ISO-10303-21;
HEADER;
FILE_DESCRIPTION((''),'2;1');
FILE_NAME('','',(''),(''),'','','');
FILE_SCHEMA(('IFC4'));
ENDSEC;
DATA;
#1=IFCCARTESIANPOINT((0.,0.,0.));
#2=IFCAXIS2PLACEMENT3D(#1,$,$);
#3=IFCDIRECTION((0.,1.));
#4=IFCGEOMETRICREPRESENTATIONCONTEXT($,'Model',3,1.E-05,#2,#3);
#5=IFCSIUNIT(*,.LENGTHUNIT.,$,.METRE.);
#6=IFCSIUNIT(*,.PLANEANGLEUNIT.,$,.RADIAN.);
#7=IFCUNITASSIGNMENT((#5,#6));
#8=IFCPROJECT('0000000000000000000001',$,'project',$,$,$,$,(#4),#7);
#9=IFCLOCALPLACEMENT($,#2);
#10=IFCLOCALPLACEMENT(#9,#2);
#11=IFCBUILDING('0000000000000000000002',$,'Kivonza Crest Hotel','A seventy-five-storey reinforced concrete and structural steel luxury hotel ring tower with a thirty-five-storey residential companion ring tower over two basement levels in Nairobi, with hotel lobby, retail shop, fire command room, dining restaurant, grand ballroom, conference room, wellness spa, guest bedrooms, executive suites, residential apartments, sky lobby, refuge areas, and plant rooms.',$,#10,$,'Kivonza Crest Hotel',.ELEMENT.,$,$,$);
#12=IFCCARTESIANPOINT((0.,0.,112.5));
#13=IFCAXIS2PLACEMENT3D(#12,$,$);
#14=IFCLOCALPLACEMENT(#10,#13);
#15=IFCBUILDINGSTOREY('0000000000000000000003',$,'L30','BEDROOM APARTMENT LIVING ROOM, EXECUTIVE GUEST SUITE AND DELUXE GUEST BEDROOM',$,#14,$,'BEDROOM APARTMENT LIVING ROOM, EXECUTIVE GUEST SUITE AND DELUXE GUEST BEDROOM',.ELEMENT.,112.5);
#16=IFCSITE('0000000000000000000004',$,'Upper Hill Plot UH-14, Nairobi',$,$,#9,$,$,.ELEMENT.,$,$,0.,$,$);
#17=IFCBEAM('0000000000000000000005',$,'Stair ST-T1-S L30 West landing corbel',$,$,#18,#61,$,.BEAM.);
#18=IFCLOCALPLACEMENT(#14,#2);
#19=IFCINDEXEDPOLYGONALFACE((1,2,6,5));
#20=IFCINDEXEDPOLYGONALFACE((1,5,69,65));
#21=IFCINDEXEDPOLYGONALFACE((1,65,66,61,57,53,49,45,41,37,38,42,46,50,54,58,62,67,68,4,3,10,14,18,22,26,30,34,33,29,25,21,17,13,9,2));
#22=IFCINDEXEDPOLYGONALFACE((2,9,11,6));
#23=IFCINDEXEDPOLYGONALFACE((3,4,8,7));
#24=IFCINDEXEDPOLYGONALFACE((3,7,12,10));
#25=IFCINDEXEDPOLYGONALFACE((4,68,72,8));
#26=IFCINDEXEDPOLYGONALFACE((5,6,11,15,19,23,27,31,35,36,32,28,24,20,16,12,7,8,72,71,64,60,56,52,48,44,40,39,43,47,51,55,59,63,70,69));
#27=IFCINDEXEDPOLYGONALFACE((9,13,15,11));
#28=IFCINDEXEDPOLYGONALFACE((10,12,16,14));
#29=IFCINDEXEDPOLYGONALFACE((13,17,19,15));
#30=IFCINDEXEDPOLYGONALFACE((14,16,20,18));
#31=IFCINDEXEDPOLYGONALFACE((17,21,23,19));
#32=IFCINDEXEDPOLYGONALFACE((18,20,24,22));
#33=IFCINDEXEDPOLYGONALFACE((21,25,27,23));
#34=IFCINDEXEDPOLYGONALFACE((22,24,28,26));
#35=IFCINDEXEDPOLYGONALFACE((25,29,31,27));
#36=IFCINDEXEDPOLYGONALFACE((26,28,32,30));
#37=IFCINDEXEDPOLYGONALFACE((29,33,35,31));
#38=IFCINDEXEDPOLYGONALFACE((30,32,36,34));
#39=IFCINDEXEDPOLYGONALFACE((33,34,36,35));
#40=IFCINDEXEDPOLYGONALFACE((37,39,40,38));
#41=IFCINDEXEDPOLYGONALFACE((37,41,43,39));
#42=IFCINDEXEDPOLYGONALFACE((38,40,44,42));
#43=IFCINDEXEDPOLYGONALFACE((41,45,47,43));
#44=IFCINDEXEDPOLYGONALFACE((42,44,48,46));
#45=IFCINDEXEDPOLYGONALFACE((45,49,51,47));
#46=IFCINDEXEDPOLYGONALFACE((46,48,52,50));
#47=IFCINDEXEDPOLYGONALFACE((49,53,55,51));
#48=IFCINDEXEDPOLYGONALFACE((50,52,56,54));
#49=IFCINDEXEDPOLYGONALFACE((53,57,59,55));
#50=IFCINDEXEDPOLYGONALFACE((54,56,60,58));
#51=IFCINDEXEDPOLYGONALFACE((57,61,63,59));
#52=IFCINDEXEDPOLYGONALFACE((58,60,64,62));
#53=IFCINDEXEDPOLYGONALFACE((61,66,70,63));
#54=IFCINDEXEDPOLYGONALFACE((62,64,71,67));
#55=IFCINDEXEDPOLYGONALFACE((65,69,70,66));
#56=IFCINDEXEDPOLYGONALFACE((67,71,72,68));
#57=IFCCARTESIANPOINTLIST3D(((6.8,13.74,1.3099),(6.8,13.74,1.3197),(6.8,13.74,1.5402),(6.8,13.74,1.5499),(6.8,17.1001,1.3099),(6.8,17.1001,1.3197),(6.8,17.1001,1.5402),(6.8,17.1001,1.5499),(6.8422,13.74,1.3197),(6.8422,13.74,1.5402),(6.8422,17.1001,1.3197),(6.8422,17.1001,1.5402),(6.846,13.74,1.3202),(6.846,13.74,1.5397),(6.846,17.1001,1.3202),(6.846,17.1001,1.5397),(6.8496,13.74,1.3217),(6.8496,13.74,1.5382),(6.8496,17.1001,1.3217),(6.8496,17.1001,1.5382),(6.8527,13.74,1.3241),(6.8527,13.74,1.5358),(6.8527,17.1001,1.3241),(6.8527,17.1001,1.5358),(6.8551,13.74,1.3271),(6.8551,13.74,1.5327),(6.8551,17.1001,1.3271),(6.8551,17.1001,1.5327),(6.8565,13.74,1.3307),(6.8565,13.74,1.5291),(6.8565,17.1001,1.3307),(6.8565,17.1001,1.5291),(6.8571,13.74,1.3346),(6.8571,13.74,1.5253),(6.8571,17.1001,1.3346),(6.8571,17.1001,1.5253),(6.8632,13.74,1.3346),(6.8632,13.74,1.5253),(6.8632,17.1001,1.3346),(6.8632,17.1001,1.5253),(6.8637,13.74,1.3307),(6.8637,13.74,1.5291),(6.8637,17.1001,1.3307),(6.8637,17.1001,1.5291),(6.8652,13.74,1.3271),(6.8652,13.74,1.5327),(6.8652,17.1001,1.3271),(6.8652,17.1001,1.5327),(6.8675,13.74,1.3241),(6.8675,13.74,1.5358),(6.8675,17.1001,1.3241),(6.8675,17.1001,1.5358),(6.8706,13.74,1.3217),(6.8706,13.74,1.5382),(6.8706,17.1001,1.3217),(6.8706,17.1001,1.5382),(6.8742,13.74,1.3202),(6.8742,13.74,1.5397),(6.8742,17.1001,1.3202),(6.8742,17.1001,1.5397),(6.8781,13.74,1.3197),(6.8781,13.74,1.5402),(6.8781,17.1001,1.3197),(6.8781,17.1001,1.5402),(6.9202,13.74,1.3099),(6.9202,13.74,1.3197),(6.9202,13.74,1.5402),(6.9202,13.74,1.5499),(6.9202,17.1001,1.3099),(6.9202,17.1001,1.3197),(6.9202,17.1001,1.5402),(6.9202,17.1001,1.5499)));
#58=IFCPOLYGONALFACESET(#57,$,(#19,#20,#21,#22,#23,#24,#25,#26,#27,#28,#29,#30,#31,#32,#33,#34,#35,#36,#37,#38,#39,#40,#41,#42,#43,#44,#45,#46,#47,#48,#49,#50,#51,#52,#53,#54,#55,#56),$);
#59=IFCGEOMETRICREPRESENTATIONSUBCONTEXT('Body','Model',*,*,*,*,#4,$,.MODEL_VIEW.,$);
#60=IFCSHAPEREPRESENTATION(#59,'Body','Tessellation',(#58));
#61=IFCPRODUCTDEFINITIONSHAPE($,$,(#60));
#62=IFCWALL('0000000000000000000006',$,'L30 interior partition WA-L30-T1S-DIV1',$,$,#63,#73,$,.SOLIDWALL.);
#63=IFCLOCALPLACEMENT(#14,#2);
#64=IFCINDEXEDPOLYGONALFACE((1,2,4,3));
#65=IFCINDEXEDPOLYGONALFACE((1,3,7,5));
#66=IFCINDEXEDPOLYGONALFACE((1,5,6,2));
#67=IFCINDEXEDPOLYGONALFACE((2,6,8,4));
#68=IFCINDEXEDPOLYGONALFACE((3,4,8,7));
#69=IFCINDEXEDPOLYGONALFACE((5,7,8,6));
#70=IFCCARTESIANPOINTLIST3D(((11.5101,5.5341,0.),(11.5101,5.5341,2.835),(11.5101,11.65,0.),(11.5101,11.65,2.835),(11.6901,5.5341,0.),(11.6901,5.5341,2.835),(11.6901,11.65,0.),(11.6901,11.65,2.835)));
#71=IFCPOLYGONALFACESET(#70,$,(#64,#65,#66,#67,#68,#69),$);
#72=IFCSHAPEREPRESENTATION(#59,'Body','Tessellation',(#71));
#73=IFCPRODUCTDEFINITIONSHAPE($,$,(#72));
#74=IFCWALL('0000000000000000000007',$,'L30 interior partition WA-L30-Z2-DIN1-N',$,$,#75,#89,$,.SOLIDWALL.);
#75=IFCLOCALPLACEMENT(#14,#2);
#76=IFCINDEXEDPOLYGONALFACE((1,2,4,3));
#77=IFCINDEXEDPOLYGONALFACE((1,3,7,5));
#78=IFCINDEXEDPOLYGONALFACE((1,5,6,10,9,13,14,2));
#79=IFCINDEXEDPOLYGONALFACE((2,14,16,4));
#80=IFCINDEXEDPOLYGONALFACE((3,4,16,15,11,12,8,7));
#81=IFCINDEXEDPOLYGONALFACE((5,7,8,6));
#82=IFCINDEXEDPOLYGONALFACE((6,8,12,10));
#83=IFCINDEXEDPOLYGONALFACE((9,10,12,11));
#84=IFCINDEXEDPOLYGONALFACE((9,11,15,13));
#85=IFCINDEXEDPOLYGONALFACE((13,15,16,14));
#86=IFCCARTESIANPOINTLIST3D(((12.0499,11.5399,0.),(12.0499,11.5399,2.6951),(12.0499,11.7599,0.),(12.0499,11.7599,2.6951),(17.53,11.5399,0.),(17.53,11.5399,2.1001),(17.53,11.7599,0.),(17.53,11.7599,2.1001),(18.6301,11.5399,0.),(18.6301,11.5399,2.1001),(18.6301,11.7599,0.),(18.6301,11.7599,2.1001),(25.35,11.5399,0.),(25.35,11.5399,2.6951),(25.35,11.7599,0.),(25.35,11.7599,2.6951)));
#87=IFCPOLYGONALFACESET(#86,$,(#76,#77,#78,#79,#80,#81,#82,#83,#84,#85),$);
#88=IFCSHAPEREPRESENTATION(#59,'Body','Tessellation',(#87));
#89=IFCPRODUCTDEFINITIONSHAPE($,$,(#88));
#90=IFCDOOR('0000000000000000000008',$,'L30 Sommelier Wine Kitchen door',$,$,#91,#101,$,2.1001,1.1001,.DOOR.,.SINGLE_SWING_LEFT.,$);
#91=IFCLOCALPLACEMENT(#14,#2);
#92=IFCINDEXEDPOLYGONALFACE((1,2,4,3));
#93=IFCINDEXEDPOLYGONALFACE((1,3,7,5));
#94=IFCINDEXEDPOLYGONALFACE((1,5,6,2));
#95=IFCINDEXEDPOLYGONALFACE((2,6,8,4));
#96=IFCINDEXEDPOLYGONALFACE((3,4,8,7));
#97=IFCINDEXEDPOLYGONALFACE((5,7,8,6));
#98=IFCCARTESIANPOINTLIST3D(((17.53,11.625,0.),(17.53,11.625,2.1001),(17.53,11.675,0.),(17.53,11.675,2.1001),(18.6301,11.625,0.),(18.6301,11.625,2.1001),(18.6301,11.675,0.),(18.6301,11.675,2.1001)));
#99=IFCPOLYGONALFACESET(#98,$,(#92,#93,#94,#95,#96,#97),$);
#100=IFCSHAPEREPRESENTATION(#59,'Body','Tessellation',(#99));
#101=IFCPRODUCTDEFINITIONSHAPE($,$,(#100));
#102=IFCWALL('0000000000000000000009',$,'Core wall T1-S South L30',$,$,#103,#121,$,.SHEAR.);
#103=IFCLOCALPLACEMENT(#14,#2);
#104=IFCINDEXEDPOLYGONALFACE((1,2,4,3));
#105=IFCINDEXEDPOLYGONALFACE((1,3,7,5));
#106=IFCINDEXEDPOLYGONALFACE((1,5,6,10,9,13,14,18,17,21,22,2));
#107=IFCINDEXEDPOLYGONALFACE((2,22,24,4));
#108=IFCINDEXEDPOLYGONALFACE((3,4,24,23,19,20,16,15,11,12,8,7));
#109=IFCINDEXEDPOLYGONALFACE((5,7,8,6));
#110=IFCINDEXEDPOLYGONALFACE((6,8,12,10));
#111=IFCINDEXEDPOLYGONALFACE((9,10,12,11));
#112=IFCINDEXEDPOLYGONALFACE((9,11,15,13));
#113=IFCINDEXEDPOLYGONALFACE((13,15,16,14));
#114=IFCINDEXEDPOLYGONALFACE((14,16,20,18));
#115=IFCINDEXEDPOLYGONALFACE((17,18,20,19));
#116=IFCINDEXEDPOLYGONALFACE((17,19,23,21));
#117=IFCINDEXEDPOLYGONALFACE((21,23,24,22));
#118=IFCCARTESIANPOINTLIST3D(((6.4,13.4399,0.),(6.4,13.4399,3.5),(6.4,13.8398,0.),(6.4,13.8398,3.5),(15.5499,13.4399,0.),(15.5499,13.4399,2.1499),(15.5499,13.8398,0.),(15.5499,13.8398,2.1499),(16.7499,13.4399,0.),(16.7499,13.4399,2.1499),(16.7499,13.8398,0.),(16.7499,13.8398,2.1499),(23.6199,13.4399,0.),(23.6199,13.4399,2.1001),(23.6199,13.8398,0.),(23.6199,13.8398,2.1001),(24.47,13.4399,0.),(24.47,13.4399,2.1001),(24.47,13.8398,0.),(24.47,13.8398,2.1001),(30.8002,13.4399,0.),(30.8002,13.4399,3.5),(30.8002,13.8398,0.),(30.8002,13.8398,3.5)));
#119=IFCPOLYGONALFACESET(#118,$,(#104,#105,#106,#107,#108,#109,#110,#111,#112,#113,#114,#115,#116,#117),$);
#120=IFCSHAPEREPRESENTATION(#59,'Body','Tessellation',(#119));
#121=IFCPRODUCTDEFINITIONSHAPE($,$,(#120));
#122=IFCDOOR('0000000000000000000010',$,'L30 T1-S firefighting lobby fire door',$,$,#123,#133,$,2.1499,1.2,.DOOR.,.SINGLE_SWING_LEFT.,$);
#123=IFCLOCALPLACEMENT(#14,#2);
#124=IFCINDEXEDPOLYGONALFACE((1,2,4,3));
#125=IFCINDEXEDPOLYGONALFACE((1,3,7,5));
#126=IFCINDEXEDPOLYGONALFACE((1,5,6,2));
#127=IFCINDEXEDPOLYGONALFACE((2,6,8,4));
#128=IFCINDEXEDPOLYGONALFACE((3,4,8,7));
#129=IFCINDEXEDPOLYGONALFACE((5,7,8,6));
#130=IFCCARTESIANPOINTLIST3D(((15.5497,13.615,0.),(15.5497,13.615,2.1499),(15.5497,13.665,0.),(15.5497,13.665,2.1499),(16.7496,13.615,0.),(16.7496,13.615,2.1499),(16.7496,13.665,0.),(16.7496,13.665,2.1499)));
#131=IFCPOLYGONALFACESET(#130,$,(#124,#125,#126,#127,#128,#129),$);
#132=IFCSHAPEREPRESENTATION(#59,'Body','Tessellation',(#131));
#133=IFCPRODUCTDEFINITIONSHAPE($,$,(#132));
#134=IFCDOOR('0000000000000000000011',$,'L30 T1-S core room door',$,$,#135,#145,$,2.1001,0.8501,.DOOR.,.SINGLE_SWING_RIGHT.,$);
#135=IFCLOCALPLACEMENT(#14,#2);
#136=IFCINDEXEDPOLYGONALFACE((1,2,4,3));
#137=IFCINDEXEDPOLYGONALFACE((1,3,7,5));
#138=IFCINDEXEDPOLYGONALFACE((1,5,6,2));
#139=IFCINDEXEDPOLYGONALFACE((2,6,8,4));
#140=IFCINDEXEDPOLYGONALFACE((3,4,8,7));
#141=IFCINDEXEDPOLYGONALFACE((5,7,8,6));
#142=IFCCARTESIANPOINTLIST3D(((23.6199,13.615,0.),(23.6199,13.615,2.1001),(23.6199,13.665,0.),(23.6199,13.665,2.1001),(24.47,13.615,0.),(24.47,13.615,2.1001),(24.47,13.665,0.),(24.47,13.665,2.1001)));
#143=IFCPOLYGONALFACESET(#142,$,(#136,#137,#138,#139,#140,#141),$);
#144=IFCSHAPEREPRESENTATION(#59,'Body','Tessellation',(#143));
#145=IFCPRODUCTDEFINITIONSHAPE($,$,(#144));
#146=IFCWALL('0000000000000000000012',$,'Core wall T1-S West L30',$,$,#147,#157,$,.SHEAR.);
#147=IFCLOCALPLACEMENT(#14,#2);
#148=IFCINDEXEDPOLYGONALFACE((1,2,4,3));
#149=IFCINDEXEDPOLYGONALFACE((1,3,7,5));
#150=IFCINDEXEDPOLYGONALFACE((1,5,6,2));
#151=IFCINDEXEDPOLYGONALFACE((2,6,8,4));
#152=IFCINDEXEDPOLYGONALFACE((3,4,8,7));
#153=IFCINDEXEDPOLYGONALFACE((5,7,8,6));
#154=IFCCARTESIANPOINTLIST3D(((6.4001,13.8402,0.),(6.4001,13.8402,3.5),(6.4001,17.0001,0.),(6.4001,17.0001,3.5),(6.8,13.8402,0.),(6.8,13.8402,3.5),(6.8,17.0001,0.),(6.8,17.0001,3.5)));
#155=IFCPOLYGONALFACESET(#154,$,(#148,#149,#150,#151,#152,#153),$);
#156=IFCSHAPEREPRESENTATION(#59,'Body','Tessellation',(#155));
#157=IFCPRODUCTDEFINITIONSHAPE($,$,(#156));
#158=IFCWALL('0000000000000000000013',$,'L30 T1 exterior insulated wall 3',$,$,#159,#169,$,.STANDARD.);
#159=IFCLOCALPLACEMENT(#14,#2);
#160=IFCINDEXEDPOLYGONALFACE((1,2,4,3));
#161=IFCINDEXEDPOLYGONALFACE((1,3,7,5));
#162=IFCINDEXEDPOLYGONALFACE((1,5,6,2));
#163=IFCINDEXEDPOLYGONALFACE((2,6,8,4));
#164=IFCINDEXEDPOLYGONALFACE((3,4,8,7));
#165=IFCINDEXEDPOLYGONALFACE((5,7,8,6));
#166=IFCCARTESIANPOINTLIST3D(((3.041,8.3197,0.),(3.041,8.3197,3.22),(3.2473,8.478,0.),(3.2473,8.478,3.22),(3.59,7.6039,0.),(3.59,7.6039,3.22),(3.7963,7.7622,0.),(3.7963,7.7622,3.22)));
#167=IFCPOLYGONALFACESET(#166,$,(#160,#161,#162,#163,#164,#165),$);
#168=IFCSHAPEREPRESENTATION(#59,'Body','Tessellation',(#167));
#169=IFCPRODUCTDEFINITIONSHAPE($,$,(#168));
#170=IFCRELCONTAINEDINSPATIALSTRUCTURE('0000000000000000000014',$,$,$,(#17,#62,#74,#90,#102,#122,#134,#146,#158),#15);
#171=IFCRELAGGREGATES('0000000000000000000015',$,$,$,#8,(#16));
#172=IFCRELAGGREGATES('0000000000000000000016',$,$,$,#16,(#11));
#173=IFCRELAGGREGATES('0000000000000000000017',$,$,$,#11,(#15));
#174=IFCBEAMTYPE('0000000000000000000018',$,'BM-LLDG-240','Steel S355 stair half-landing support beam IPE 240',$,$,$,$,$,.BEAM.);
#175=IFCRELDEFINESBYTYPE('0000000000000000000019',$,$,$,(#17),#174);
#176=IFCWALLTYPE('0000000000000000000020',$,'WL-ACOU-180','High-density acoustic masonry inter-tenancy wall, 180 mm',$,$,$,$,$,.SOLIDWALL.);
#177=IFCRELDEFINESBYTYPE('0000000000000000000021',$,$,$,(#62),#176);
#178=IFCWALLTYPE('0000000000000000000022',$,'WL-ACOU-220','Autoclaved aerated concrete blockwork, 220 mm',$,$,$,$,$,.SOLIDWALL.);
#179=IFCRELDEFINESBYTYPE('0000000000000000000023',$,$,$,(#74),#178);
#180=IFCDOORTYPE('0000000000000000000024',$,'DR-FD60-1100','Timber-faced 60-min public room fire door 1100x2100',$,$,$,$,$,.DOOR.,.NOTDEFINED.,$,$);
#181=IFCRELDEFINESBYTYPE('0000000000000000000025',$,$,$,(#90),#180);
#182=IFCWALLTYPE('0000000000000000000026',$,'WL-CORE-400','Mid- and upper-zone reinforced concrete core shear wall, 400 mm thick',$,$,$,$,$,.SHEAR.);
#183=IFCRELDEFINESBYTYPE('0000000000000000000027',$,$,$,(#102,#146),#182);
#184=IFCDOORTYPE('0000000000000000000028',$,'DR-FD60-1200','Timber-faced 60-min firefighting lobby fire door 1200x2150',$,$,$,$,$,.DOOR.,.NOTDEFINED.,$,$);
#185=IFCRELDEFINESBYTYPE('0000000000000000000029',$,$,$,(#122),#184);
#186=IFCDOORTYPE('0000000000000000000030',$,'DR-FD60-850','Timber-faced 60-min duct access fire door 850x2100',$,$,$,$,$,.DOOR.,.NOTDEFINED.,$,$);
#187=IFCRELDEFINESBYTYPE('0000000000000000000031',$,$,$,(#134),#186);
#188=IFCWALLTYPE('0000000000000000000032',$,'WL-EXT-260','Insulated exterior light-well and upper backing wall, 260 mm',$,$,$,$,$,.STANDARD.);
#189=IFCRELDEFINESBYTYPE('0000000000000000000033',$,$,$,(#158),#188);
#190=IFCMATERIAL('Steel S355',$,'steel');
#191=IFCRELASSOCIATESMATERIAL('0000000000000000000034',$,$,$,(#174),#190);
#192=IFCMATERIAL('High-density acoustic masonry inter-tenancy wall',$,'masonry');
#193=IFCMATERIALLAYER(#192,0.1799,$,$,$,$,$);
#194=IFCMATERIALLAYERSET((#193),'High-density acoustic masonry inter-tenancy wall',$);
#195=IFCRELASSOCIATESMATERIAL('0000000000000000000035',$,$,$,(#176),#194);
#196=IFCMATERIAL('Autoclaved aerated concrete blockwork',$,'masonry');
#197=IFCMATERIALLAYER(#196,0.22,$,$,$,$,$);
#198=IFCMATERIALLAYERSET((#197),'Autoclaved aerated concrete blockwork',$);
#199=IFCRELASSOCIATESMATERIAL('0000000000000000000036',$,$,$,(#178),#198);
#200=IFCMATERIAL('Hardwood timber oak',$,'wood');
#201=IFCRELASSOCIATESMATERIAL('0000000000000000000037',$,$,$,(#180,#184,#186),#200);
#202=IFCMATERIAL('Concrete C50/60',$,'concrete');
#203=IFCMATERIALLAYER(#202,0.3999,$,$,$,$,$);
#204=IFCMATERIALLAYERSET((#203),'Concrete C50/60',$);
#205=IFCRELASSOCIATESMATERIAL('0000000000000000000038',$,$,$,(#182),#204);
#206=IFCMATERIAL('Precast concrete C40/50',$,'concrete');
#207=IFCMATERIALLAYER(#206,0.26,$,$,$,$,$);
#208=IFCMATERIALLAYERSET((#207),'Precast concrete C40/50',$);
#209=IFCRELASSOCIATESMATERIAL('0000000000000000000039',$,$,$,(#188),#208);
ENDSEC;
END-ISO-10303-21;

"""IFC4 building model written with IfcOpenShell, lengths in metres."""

from ifc_helpers import new_model, si_unit, direction, frame, frame_2d, origin, origin_2d, place, context, subcontext, project, spatial, rectangle, i_section, extrude, material, layer, layer_set, material_profile, profile_set, type_object, element, fill, save


model = new_model("IFC4")

# Units and contexts
model_context = context("Model", 3, precision=1e-05, world=origin(), true_north=direction((0.0, 1.0)))
body_context = subcontext(model_context, "Body", "Model", "MODEL_VIEW")
ifc_project = project(units=[si_unit("LENGTHUNIT", "METRE"), si_unit("PLANEANGLEUNIT", "RADIAN")], contexts=[model_context])

# Site, building, storey
site_placement = place(None, origin())
site = spatial("IfcSite", under=ifc_project, at=site_placement, Name="Upper Hill Plot UH-14, Nairobi", CompositionType="ELEMENT", RefElevation=0.0)
building_placement = place(site_placement, origin())
building = spatial("IfcBuilding", under=site, at=building_placement, Name="Kivonza Crest Hotel", Description="A seventy-five-storey reinforced concrete and structural steel luxury hotel ring tower with a thirty-five-storey residential companion ring tower over two basement levels in Nairobi, with hotel lobby, retail shop, fire command room, dining restaurant, grand ballroom, conference room, wellness spa, guest bedrooms, executive suites, residential apartments, sky lobby, refuge areas, and plant rooms.", LongName="Kivonza Crest Hotel", CompositionType="ELEMENT")
storey_placement = place(building_placement, frame((0.0, 0.0, 112.5)))
storey = spatial("IfcBuildingStorey", under=building, at=storey_placement, Name="L30", Description="BEDROOM APARTMENT LIVING ROOM, EXECUTIVE GUEST SUITE AND DELUXE GUEST BEDROOM", LongName="BEDROOM APARTMENT LIVING ROOM, EXECUTIVE GUEST SUITE AND DELUXE GUEST BEDROOM", CompositionType="ELEMENT", Elevation=112.5)

# Beam
ifc_material_1 = material(Name="Steel S355", Category="steel")
ifc_material_profile_1 = material_profile(ifc_material_1, i_section(OverallWidth=0.1201, OverallDepth=0.24, WebThickness=0.0061, FlangeThickness=0.0098, FilletRadius=0.0149, at=origin_2d()), Name="IPE 240")
ifc_profile_set_1 = profile_set([ifc_material_profile_1], Name="Steel S355")
beam_type_1 = type_object("IfcBeamType", Name="BM-LLDG-240", Description="Steel S355 stair half-landing support beam IPE 240", PredefinedType="BEAM", material=ifc_profile_set_1)
beam_1_placement = place(storey_placement, frame((6.8601, 13.74, 1.4299), z_axis=(0.0, 1.0, 0.0), x_axis=(-1.0, 0.0, 0.0)))
element("IfcBeam", 1, at=beam_1_placement, inside=storey, type_object=beam_type_1, Name="Stair ST-T1-S L30 West landing corbel", PredefinedType="BEAM", context=body_context, shape_type="SweptSolid", body=[
    extrude(i_section(OverallWidth=0.1201, OverallDepth=0.24, WebThickness=0.0061, FlangeThickness=0.0098, FilletRadius=0.0149, at=origin_2d()), origin(), (0.0, 0.0, 1.0), 3.3601),
])

# Wall
ifc_material_2 = material(Name="High-density acoustic masonry inter-tenancy wall", Category="masonry")
ifc_layer_1 = layer(ifc_material_2, 0.1799)
ifc_layer_set_1 = layer_set([ifc_layer_1], Name="High-density acoustic masonry inter-tenancy wall")
wall_type_1 = type_object("IfcWallType", Name="WL-ACOU-180", Description="High-density acoustic masonry inter-tenancy wall, 180 mm", PredefinedType="SOLIDWALL", material=ifc_layer_set_1)
wall_1_placement = place(storey_placement, frame((11.6001, 5.5339, 0.0), z_axis=(0.0, 0.0, 1.0), x_axis=(0.0, 1.0, 0.0)))
element("IfcWall", 2, at=wall_1_placement, inside=storey, type_object=wall_type_1, Name="L30 interior partition WA-L30-T1S-DIV1", PredefinedType="SOLIDWALL", context=body_context, shape_type="SweptSolid", body=[
    extrude(rectangle(XDim=6.116, YDim=0.1799, at=frame_2d((3.0581, 0.0))), origin(), (0.0, 0.0, 1.0), 2.835),
])

# Wall, opening, door
ifc_material_3 = material(Name="Autoclaved aerated concrete blockwork", Category="masonry")
ifc_layer_2 = layer(ifc_material_3, 0.22)
ifc_layer_set_2 = layer_set([ifc_layer_2], Name="Autoclaved aerated concrete blockwork")
wall_type_2 = type_object("IfcWallType", Name="WL-ACOU-220", Description="Autoclaved aerated concrete blockwork, 220 mm", PredefinedType="SOLIDWALL", material=ifc_layer_set_2)
wall_2_placement = place(storey_placement, frame((12.05, 11.6499, 0.0), z_axis=(0.0, 0.0, 1.0), x_axis=(1.0, 0.0, 0.0)))
wall_2 = element("IfcWall", 3, at=wall_2_placement, inside=storey, type_object=wall_type_2, Name="L30 interior partition WA-L30-Z2-DIN1-N", PredefinedType="SOLIDWALL", context=body_context, shape_type="SweptSolid", body=[
    extrude(rectangle(XDim=13.3, YDim=0.22, at=frame_2d((6.6499, 0.0))), origin(), (0.0, 0.0, 1.0), 2.6951),
])
opening_1_placement = place(wall_2_placement, frame((5.48, 0.0, 0.0)))
opening_1 = element("IfcOpeningElement", 4, at=opening_1_placement, cuts=wall_2, PredefinedType="OPENING", context=body_context, shape_type="SweptSolid", body=[
    extrude(rectangle(XDim=1.1001, YDim=2.1001, at=frame_2d((0.55, 1.05))), frame((0.0, 0.1201, 0.0), z_axis=(0.0, -1.0, 0.0), x_axis=(1.0, 0.0, 0.0)), (0.0, 0.0, 1.0), 0.24),
])
ifc_material_4 = material(Name="Hardwood timber oak", Category="wood")
door_type_1 = type_object("IfcDoorType", Name="DR-FD60-1100", Description="Timber-faced 60-min public room fire door 1100x2100", OperationType="NOTDEFINED", PredefinedType="DOOR", material=ifc_material_4)
door_1_placement = place(opening_1_placement, frame((1.1001, 0.0, 0.0), z_axis=(0.0, 0.0, 1.0), x_axis=(-1.0, 0.0, 0.0)))
door_1 = element("IfcDoor", 5, at=door_1_placement, inside=storey, type_object=door_type_1, Name="L30 Sommelier Wine Kitchen door", OperationType="SINGLE_SWING_LEFT", OverallHeight=2.1001, OverallWidth=1.1001, PredefinedType="DOOR", context=body_context, shape_type="SweptSolid", body=[
    extrude(rectangle(XDim=1.1001, YDim=2.1001, at=frame_2d((0.55, 1.05))), frame((0.0, 0.0249, 0.0), z_axis=(0.0, -1.0, 0.0), x_axis=(1.0, 0.0, 0.0)), (0.0, 0.0, 1.0), 0.05),
])
fill(opening_1, door_1)

# Wall, openings, doors
ifc_material_5 = material(Name="Concrete C50/60", Category="concrete")
ifc_layer_3 = layer(ifc_material_5, 0.3999)
ifc_layer_set_3 = layer_set([ifc_layer_3], Name="Concrete C50/60")
wall_type_3 = type_object("IfcWallType", Name="WL-CORE-400", Description="Mid- and upper-zone reinforced concrete core shear wall, 400 mm thick", PredefinedType="SHEAR", material=ifc_layer_set_3)
wall_3_placement = place(storey_placement, frame((6.3999, 13.6399, 0.0), z_axis=(0.0, 0.0, 1.0), x_axis=(1.0, 0.0, 0.0)))
wall_3 = element("IfcWall", 6, at=wall_3_placement, inside=storey, type_object=wall_type_3, Name="Core wall T1-S South L30", PredefinedType="SHEAR", context=body_context, shape_type="SweptSolid", body=[
    extrude(rectangle(XDim=24.4001, YDim=0.3999, at=frame_2d((12.2002, 0.0))), origin(), (0.0, 0.0, 1.0), 3.5),
])
opening_2_placement = place(wall_3_placement, frame((9.1499, 0.0, 0.0)))
opening_2 = element("IfcOpeningElement", 7, at=opening_2_placement, cuts=wall_3, PredefinedType="OPENING", context=body_context, shape_type="SweptSolid", body=[
    extrude(rectangle(XDim=1.2, YDim=2.1499, at=frame_2d((0.6001, 1.075))), frame((0.0, 0.21, 0.0), z_axis=(0.0, -1.0, 0.0), x_axis=(1.0, 0.0, 0.0)), (0.0, 0.0, 1.0), 0.4199),
])
opening_3_placement = place(wall_3_placement, frame((17.22, 0.0, 0.0)))
opening_3 = element("IfcOpeningElement", 8, at=opening_3_placement, cuts=wall_3, PredefinedType="OPENING", context=body_context, shape_type="SweptSolid", body=[
    extrude(rectangle(XDim=0.8501, YDim=2.1001, at=frame_2d((0.425, 1.05))), frame((0.0, 0.21, 0.0), z_axis=(0.0, -1.0, 0.0), x_axis=(1.0, 0.0, 0.0)), (0.0, 0.0, 1.0), 0.4199),
])
door_type_2 = type_object("IfcDoorType", Name="DR-FD60-1200", Description="Timber-faced 60-min firefighting lobby fire door 1200x2150", OperationType="NOTDEFINED", PredefinedType="DOOR", material=ifc_material_4)
door_2_placement = place(opening_2_placement, frame((1.2, 0.0, 0.0), z_axis=(0.0, 0.0, 1.0), x_axis=(-1.0, 0.0, 0.0)))
door_2 = element("IfcDoor", 9, at=door_2_placement, inside=storey, type_object=door_type_2, Name="L30 T1-S firefighting lobby fire door", OperationType="SINGLE_SWING_LEFT", OverallHeight=2.1499, OverallWidth=1.2, PredefinedType="DOOR", context=body_context, shape_type="SweptSolid", body=[
    extrude(rectangle(XDim=1.2, YDim=2.1499, at=frame_2d((0.6001, 1.075))), frame((0.0, 0.0249, 0.0), z_axis=(0.0, -1.0, 0.0), x_axis=(1.0, 0.0, 0.0)), (0.0, 0.0, 1.0), 0.05),
])
fill(opening_2, door_2)
door_type_3 = type_object("IfcDoorType", Name="DR-FD60-850", Description="Timber-faced 60-min duct access fire door 850x2100", OperationType="NOTDEFINED", PredefinedType="DOOR", material=ifc_material_4)
door_3_placement = place(opening_3_placement, frame((0.8501, 0.0, 0.0), z_axis=(0.0, 0.0, 1.0), x_axis=(-1.0, 0.0, 0.0)))
door_3 = element("IfcDoor", 10, at=door_3_placement, inside=storey, type_object=door_type_3, Name="L30 T1-S core room door", OperationType="SINGLE_SWING_RIGHT", OverallHeight=2.1001, OverallWidth=0.8501, PredefinedType="DOOR", context=body_context, shape_type="SweptSolid", body=[
    extrude(rectangle(XDim=0.8501, YDim=2.1001, at=frame_2d((0.425, 1.05))), frame((0.0, 0.0249, 0.0), z_axis=(0.0, -1.0, 0.0), x_axis=(1.0, 0.0, 0.0)), (0.0, 0.0, 1.0), 0.05),
])
fill(opening_3, door_3)

# Walls
wall_4_placement = place(storey_placement, frame((6.6001, 13.8401, 0.0), z_axis=(0.0, 0.0, 1.0), x_axis=(0.0, 1.0, 0.0)))
element("IfcWall", 11, at=wall_4_placement, inside=storey, type_object=wall_type_3, Name="Core wall T1-S West L30", PredefinedType="SHEAR", context=body_context, shape_type="SweptSolid", body=[
    extrude(rectangle(XDim=3.1599, YDim=0.3999, at=frame_2d((1.5801, 0.0))), origin(), (0.0, 0.0, 1.0), 3.5),
])
ifc_material_6 = material(Name="Precast concrete C40/50", Category="concrete")
ifc_layer_4 = layer(ifc_material_6, 0.26)
ifc_layer_set_4 = layer_set([ifc_layer_4], Name="Precast concrete C40/50")
wall_type_4 = type_object("IfcWallType", Name="WL-EXT-260", Description="Insulated exterior light-well and upper backing wall, 260 mm", PredefinedType="STANDARD", material=ifc_layer_set_4)
wall_5_placement = place(storey_placement, frame((3.144, 8.3989, 0.0), z_axis=(0.0, 0.0, 1.0), x_axis=(0.608625, -0.793458, 0.0)))
element("IfcWall", 12, at=wall_5_placement, inside=storey, type_object=wall_type_4, Name="L30 T1 exterior insulated wall 3", PredefinedType="STANDARD", context=body_context, shape_type="SweptSolid", body=[
    extrude(rectangle(XDim=0.9021, YDim=0.26, at=frame_2d((0.4512, 0.0))), origin(), (0.0, 0.0, 1.0), 3.22),
])

save(model, "model.ifc")
